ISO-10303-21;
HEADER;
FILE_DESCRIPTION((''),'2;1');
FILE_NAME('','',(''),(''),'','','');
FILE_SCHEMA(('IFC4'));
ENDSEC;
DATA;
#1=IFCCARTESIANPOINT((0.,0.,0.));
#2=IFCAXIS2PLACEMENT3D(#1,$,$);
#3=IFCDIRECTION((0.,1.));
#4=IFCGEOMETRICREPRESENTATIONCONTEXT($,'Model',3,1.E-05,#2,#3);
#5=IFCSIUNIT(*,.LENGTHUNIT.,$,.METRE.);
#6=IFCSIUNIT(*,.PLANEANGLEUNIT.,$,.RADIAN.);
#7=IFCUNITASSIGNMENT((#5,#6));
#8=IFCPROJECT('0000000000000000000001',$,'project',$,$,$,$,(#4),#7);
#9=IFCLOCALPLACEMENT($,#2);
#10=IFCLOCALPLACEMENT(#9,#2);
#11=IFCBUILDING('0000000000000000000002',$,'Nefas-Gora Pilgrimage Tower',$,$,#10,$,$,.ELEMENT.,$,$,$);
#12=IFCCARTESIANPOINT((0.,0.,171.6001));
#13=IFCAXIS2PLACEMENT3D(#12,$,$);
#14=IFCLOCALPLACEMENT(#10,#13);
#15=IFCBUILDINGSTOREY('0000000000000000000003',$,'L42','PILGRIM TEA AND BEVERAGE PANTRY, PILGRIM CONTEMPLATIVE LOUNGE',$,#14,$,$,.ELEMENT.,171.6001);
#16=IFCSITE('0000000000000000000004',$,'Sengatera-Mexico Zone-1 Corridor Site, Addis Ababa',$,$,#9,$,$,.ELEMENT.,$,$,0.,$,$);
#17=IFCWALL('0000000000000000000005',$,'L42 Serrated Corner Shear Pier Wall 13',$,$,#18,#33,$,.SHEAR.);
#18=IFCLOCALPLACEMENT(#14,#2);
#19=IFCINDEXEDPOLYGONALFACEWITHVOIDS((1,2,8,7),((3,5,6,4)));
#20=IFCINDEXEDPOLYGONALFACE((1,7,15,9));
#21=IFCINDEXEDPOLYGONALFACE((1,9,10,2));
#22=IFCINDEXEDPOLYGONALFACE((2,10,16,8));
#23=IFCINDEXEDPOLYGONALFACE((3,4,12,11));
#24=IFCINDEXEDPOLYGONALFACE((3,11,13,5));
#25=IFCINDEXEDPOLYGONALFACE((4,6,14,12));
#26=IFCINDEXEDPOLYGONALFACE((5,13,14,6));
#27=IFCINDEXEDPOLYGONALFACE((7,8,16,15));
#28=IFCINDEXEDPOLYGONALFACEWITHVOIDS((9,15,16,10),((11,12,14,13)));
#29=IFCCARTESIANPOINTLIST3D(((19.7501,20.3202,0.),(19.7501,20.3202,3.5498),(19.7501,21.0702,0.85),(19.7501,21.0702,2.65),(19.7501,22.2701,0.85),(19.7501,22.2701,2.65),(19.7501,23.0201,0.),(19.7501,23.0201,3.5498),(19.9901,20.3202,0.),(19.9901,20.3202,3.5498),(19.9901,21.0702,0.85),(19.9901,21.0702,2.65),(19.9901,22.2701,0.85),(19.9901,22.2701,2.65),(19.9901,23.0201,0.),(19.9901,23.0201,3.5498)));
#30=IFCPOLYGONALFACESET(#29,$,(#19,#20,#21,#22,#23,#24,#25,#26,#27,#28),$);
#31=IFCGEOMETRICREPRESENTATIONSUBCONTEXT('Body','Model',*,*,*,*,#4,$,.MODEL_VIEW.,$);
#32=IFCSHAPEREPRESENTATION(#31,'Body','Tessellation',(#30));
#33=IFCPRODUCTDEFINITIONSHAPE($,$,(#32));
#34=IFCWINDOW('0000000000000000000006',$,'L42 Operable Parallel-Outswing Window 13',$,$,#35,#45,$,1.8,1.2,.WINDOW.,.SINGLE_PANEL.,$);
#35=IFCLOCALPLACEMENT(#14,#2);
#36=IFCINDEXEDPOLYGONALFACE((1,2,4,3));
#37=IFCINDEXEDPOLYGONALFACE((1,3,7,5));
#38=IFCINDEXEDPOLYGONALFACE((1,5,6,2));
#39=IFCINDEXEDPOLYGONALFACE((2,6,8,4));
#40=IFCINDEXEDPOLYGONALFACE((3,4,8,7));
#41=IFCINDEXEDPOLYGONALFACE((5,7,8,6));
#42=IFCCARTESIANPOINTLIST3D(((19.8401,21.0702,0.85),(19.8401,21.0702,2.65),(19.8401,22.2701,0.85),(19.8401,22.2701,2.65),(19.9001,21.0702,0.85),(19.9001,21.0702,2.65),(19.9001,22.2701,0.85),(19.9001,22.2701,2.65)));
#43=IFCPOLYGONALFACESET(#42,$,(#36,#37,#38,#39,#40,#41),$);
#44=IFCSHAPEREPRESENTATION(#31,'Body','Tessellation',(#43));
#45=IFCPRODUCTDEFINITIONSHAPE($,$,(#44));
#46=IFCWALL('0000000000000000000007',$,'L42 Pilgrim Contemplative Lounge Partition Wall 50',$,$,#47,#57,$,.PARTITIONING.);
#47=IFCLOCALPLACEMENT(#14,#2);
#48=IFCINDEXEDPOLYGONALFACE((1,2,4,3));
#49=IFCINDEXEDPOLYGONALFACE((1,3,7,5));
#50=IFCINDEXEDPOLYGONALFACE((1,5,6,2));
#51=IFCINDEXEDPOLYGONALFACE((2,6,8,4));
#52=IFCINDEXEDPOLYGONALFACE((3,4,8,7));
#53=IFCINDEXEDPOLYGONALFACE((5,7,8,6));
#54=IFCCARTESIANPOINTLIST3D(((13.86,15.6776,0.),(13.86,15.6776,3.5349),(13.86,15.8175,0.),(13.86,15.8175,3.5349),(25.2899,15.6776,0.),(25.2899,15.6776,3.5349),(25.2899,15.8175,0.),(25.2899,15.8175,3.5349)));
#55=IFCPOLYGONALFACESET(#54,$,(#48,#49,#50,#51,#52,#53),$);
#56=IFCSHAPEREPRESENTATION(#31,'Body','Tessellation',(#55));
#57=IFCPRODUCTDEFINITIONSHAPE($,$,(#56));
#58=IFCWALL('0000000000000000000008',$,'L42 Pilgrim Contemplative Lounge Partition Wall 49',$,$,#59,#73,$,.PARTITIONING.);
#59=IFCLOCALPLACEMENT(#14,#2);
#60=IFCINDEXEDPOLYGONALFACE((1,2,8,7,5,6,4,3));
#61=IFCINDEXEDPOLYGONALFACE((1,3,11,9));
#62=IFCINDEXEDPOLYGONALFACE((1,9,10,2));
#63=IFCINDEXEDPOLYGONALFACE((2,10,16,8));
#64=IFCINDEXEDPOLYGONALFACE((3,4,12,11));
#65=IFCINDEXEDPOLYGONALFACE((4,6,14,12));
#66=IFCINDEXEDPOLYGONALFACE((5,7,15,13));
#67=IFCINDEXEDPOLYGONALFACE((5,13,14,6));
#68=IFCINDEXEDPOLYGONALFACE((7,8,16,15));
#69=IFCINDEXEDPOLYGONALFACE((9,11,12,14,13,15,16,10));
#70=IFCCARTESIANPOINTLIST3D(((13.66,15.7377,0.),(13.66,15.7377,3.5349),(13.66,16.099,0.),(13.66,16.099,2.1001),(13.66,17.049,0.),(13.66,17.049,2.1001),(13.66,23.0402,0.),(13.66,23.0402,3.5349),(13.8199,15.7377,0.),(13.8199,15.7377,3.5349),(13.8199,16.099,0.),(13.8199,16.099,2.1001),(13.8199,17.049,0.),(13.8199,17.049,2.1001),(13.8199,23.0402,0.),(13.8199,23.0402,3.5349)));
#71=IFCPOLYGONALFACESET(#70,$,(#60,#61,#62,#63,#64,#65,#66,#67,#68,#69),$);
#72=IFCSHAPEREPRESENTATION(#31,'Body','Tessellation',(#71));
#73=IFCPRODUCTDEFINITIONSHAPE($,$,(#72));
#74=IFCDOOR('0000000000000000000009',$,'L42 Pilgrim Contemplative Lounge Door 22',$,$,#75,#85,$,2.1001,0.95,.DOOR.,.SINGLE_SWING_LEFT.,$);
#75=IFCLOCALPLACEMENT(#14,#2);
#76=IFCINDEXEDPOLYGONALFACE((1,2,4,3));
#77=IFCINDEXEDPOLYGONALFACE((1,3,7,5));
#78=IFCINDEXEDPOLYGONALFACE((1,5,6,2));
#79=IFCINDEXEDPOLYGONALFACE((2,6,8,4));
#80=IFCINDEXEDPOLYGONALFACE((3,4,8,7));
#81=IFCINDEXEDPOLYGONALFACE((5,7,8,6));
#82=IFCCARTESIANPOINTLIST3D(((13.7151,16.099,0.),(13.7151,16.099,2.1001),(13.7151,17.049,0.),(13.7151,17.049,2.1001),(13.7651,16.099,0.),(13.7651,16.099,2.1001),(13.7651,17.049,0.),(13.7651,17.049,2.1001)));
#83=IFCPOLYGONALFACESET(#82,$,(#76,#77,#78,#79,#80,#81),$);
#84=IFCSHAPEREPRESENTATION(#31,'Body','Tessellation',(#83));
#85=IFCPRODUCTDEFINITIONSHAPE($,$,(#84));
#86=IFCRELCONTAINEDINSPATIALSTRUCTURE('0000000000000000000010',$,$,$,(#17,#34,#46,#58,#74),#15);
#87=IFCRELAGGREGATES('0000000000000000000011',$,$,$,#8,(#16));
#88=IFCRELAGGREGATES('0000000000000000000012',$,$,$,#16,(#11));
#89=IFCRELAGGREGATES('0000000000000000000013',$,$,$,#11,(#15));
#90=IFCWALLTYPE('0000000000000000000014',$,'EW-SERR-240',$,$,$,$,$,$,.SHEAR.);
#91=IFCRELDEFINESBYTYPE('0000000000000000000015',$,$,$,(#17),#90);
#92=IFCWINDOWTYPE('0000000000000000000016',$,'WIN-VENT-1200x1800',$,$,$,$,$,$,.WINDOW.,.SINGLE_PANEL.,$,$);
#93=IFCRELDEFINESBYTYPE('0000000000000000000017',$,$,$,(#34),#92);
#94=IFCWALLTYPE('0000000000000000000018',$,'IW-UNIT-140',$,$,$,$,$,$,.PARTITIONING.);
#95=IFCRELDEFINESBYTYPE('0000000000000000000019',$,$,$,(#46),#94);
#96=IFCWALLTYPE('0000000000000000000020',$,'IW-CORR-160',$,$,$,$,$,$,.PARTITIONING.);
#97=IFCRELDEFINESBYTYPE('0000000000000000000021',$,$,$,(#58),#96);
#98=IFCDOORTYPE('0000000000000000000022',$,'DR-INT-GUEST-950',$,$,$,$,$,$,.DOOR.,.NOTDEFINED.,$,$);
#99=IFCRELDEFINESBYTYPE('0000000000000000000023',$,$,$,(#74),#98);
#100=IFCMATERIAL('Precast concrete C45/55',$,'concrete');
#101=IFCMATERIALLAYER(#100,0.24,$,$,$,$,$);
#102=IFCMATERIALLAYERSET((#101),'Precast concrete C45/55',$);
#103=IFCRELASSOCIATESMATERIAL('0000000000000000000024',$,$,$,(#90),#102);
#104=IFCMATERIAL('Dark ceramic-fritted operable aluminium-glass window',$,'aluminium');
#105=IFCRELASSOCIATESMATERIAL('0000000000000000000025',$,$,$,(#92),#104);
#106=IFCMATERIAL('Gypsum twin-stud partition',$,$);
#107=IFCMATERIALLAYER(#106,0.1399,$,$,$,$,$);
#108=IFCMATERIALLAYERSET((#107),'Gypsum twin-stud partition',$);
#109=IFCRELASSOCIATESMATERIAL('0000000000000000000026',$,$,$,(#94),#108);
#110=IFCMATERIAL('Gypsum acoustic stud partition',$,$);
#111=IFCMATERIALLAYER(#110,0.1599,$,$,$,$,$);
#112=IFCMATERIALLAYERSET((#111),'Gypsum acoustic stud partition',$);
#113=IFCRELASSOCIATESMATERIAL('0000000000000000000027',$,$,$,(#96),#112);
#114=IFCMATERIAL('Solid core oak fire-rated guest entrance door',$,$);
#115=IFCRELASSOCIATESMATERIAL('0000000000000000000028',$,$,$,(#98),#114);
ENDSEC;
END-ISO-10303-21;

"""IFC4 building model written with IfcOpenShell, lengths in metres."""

from ifc_helpers import new_model, si_unit, direction, frame, frame_2d, origin, place, context, subcontext, project, spatial, rectangle, extrude, source, transform, mapped, material, layer, layer_set, type_object, element, fill, save


model = new_model("IFC4")

# Units and contexts
model_context = context("Model", 3, precision=1e-05, world=origin(), true_north=direction((0.0, 1.0)))
body_context = subcontext(model_context, "Body", "Model", "MODEL_VIEW")
ifc_project = project(units=[si_unit("LENGTHUNIT", "METRE"), si_unit("PLANEANGLEUNIT", "RADIAN")], contexts=[model_context])

# Site, building, storey
site_placement = place(None, origin())
site = spatial("IfcSite", under=ifc_project, at=site_placement, Name="Sengatera-Mexico Zone-1 Corridor Site, Addis Ababa", CompositionType="ELEMENT", RefElevation=0.0)
building_placement = place(site_placement, origin())
building = spatial("IfcBuilding", under=site, at=building_placement, Name="Nefas-Gora Pilgrimage Tower", CompositionType="ELEMENT")
storey_placement = place(building_placement, frame((0.0, 0.0, 171.6001)))
storey = spatial("IfcBuildingStorey", under=building, at=storey_placement, Name="L42", Description="PILGRIM TEA AND BEVERAGE PANTRY, PILGRIM CONTEMPLATIVE LOUNGE", CompositionType="ELEMENT", Elevation=171.6001)

# Shared definitions
ifc_material_1 = material(Name="Precast concrete C45/55", Category="concrete")
ifc_layer_1 = layer(ifc_material_1, 0.24)
ifc_layer_set_1 = layer_set([ifc_layer_1], Name="Precast concrete C45/55")
wall_type_1 = type_object("IfcWallType", Name="EW-SERR-240", PredefinedType="SHEAR", material=ifc_layer_set_1)
shared_shape_1 = source(origin(), body_context, "Body", "SweptSolid", [
    extrude(rectangle(XDim=2.7, YDim=0.24, at=frame_2d((1.3501, 0.0))), origin(), (0.0, 0.0, 1.0), 3.5498),
])

# Wall, opening, window
wall_1_placement = place(storey_placement, frame((19.8701, 20.3201, 0.0), z_axis=(0.0, 0.0, 1.0), x_axis=(0.0, 1.0, 0.0)))
wall_1 = element("IfcWall", 1, at=wall_1_placement, inside=storey, type_object=wall_type_1, Name="L42 Serrated Corner Shear Pier Wall 13", PredefinedType="SHEAR", context=body_context, shape_type="MappedRepresentation", body=[
    mapped(shared_shape_1, transform((0.0, 0.0, 0.0), x_axis=(1.0, 0.0, 0.0), y_axis=(0.0, 1.0, 0.0), z_axis=(0.0, 0.0, 1.0), scale=1.0)),
])
opening_1_placement = place(wall_1_placement, frame((0.75, 0.0, 0.8501)))
opening_1 = element("IfcOpeningElement", 2, at=opening_1_placement, cuts=wall_1, PredefinedType="OPENING", context=body_context, shape_type="SweptSolid", body=[
    extrude(rectangle(XDim=1.2, YDim=1.8, at=frame_2d((0.6001, 0.8999))), frame((0.0, 0.1299, 0.0), z_axis=(0.0, -1.0, 0.0), x_axis=(1.0, 0.0, 0.0)), (0.0, 0.0, 1.0), 0.26),
])
ifc_material_2 = material(Name="Dark ceramic-fritted operable aluminium-glass window", Category="aluminium")
window_type = type_object("IfcWindowType", Name="WIN-VENT-1200x1800", PartitioningType="SINGLE_PANEL", PredefinedType="WINDOW", material=ifc_material_2)
shared_shape_2 = source(origin(), body_context, "Body", "SweptSolid", [
    extrude(rectangle(XDim=1.2, YDim=1.8, at=frame_2d((0.6001, 0.8999))), frame((0.0, 0.03, 0.0), z_axis=(0.0, -1.0, 0.0), x_axis=(1.0, 0.0, 0.0)), (0.0, 0.0, 1.0), 0.0601),
])
window_placement = place(opening_1_placement, origin())
window = element("IfcWindow", 3, at=window_placement, inside=storey, type_object=window_type, Name="L42 Operable Parallel-Outswing Window 13", OverallHeight=1.8, OverallWidth=1.2, PartitioningType="SINGLE_PANEL", PredefinedType="WINDOW", context=body_context, shape_type="MappedRepresentation", body=[
    mapped(shared_shape_2, transform((0.0, 0.0, 0.0), x_axis=(1.0, 0.0, 0.0), y_axis=(0.0, 1.0, 0.0), z_axis=(0.0, 0.0, 1.0), scale=1.0)),
])
fill(opening_1, window)

# Wall
ifc_material_3 = material(Name="Gypsum twin-stud partition")
ifc_layer_2 = layer(ifc_material_3, 0.1399)
ifc_layer_set_2 = layer_set([ifc_layer_2], Name="Gypsum twin-stud partition")
wall_type_2 = type_object("IfcWallType", Name="IW-UNIT-140", PredefinedType="PARTITIONING", material=ifc_layer_set_2)
shared_shape_3 = source(origin(), body_context, "Body", "SweptSolid", [
    extrude(rectangle(XDim=11.4299, YDim=0.1399, at=frame_2d((5.7148, 0.0))), origin(), (0.0, 0.0, 1.0), 3.5349),
])
wall_2_placement = place(storey_placement, frame((13.8601, 15.7476, 0.0), z_axis=(0.0, 0.0, 1.0), x_axis=(1.0, 0.0, 0.0)))
element("IfcWall", 4, at=wall_2_placement, inside=storey, type_object=wall_type_2, Name="L42 Pilgrim Contemplative Lounge Partition Wall 50", PredefinedType="PARTITIONING", context=body_context, shape_type="MappedRepresentation", body=[
    mapped(shared_shape_3, transform((0.0, 0.0, 0.0), x_axis=(1.0, 0.0, 0.0), y_axis=(0.0, 1.0, 0.0), z_axis=(0.0, 0.0, 1.0), scale=1.0)),
])

# Wall, opening, door
ifc_material_4 = material(Name="Gypsum acoustic stud partition")
ifc_layer_3 = layer(ifc_material_4, 0.1599)
ifc_layer_set_3 = layer_set([ifc_layer_3], Name="Gypsum acoustic stud partition")
wall_type_3 = type_object("IfcWallType", Name="IW-CORR-160", PredefinedType="PARTITIONING", material=ifc_layer_set_3)
shared_shape_4 = source(origin(), body_context, "Body", "SweptSolid", [
    extrude(rectangle(XDim=7.3025, YDim=0.1599, at=frame_2d((3.6514, 0.0))), origin(), (0.0, 0.0, 1.0), 3.5349),
])
wall_3_placement = place(storey_placement, frame((13.74, 15.7375, 0.0), z_axis=(0.0, 0.0, 1.0), x_axis=(0.0, 1.0, 0.0)))
wall_3 = element("IfcWall", 5, at=wall_3_placement, inside=storey, type_object=wall_type_3, Name="L42 Pilgrim Contemplative Lounge Partition Wall 49", PredefinedType="PARTITIONING", context=body_context, shape_type="MappedRepresentation", body=[
    mapped(shared_shape_4, transform((0.0, 0.0, 0.0), x_axis=(1.0, 0.0, 0.0), y_axis=(0.0, 1.0, 0.0), z_axis=(0.0, 0.0, 1.0), scale=1.0)),
])
opening_2_placement = place(wall_3_placement, frame((0.3613, 0.0, 0.0)))
opening_2 = element("IfcOpeningElement", 6, at=opening_2_placement, cuts=wall_3, PredefinedType="OPENING", context=body_context, shape_type="SweptSolid", body=[
    extrude(rectangle(XDim=0.95, YDim=2.1001, at=frame_2d((0.4751, 1.05))), frame((0.0, 0.0898, 0.0), z_axis=(0.0, -1.0, 0.0), x_axis=(1.0, 0.0, 0.0)), (0.0, 0.0, 1.0), 0.1799),
])
ifc_material_5 = material(Name="Solid core oak fire-rated guest entrance door")
door_type = type_object("IfcDoorType", Name="DR-INT-GUEST-950", OperationType="NOTDEFINED", PredefinedType="DOOR", material=ifc_material_5)
shared_shape_5 = source(origin(), body_context, "Body", "SweptSolid", [
    extrude(rectangle(XDim=0.95, YDim=2.1001, at=frame_2d((0.4751, 1.05))), frame((0.0, 0.0249, 0.0), z_axis=(0.0, -1.0, 0.0), x_axis=(1.0, 0.0, 0.0)), (0.0, 0.0, 1.0), 0.05),
])
door_placement = place(opening_2_placement, origin())
door = element("IfcDoor", 7, at=door_placement, inside=storey, type_object=door_type, Name="L42 Pilgrim Contemplative Lounge Door 22", OperationType="SINGLE_SWING_LEFT", OverallHeight=2.1001, OverallWidth=0.95, PredefinedType="DOOR", context=body_context, shape_type="MappedRepresentation", body=[
    mapped(shared_shape_5, transform((0.0, 0.0, 0.0), x_axis=(1.0, 0.0, 0.0), y_axis=(0.0, 1.0, 0.0), z_axis=(0.0, 0.0, 1.0), scale=1.0)),
])
fill(opening_2, door)

save(model, "model.ifc")
